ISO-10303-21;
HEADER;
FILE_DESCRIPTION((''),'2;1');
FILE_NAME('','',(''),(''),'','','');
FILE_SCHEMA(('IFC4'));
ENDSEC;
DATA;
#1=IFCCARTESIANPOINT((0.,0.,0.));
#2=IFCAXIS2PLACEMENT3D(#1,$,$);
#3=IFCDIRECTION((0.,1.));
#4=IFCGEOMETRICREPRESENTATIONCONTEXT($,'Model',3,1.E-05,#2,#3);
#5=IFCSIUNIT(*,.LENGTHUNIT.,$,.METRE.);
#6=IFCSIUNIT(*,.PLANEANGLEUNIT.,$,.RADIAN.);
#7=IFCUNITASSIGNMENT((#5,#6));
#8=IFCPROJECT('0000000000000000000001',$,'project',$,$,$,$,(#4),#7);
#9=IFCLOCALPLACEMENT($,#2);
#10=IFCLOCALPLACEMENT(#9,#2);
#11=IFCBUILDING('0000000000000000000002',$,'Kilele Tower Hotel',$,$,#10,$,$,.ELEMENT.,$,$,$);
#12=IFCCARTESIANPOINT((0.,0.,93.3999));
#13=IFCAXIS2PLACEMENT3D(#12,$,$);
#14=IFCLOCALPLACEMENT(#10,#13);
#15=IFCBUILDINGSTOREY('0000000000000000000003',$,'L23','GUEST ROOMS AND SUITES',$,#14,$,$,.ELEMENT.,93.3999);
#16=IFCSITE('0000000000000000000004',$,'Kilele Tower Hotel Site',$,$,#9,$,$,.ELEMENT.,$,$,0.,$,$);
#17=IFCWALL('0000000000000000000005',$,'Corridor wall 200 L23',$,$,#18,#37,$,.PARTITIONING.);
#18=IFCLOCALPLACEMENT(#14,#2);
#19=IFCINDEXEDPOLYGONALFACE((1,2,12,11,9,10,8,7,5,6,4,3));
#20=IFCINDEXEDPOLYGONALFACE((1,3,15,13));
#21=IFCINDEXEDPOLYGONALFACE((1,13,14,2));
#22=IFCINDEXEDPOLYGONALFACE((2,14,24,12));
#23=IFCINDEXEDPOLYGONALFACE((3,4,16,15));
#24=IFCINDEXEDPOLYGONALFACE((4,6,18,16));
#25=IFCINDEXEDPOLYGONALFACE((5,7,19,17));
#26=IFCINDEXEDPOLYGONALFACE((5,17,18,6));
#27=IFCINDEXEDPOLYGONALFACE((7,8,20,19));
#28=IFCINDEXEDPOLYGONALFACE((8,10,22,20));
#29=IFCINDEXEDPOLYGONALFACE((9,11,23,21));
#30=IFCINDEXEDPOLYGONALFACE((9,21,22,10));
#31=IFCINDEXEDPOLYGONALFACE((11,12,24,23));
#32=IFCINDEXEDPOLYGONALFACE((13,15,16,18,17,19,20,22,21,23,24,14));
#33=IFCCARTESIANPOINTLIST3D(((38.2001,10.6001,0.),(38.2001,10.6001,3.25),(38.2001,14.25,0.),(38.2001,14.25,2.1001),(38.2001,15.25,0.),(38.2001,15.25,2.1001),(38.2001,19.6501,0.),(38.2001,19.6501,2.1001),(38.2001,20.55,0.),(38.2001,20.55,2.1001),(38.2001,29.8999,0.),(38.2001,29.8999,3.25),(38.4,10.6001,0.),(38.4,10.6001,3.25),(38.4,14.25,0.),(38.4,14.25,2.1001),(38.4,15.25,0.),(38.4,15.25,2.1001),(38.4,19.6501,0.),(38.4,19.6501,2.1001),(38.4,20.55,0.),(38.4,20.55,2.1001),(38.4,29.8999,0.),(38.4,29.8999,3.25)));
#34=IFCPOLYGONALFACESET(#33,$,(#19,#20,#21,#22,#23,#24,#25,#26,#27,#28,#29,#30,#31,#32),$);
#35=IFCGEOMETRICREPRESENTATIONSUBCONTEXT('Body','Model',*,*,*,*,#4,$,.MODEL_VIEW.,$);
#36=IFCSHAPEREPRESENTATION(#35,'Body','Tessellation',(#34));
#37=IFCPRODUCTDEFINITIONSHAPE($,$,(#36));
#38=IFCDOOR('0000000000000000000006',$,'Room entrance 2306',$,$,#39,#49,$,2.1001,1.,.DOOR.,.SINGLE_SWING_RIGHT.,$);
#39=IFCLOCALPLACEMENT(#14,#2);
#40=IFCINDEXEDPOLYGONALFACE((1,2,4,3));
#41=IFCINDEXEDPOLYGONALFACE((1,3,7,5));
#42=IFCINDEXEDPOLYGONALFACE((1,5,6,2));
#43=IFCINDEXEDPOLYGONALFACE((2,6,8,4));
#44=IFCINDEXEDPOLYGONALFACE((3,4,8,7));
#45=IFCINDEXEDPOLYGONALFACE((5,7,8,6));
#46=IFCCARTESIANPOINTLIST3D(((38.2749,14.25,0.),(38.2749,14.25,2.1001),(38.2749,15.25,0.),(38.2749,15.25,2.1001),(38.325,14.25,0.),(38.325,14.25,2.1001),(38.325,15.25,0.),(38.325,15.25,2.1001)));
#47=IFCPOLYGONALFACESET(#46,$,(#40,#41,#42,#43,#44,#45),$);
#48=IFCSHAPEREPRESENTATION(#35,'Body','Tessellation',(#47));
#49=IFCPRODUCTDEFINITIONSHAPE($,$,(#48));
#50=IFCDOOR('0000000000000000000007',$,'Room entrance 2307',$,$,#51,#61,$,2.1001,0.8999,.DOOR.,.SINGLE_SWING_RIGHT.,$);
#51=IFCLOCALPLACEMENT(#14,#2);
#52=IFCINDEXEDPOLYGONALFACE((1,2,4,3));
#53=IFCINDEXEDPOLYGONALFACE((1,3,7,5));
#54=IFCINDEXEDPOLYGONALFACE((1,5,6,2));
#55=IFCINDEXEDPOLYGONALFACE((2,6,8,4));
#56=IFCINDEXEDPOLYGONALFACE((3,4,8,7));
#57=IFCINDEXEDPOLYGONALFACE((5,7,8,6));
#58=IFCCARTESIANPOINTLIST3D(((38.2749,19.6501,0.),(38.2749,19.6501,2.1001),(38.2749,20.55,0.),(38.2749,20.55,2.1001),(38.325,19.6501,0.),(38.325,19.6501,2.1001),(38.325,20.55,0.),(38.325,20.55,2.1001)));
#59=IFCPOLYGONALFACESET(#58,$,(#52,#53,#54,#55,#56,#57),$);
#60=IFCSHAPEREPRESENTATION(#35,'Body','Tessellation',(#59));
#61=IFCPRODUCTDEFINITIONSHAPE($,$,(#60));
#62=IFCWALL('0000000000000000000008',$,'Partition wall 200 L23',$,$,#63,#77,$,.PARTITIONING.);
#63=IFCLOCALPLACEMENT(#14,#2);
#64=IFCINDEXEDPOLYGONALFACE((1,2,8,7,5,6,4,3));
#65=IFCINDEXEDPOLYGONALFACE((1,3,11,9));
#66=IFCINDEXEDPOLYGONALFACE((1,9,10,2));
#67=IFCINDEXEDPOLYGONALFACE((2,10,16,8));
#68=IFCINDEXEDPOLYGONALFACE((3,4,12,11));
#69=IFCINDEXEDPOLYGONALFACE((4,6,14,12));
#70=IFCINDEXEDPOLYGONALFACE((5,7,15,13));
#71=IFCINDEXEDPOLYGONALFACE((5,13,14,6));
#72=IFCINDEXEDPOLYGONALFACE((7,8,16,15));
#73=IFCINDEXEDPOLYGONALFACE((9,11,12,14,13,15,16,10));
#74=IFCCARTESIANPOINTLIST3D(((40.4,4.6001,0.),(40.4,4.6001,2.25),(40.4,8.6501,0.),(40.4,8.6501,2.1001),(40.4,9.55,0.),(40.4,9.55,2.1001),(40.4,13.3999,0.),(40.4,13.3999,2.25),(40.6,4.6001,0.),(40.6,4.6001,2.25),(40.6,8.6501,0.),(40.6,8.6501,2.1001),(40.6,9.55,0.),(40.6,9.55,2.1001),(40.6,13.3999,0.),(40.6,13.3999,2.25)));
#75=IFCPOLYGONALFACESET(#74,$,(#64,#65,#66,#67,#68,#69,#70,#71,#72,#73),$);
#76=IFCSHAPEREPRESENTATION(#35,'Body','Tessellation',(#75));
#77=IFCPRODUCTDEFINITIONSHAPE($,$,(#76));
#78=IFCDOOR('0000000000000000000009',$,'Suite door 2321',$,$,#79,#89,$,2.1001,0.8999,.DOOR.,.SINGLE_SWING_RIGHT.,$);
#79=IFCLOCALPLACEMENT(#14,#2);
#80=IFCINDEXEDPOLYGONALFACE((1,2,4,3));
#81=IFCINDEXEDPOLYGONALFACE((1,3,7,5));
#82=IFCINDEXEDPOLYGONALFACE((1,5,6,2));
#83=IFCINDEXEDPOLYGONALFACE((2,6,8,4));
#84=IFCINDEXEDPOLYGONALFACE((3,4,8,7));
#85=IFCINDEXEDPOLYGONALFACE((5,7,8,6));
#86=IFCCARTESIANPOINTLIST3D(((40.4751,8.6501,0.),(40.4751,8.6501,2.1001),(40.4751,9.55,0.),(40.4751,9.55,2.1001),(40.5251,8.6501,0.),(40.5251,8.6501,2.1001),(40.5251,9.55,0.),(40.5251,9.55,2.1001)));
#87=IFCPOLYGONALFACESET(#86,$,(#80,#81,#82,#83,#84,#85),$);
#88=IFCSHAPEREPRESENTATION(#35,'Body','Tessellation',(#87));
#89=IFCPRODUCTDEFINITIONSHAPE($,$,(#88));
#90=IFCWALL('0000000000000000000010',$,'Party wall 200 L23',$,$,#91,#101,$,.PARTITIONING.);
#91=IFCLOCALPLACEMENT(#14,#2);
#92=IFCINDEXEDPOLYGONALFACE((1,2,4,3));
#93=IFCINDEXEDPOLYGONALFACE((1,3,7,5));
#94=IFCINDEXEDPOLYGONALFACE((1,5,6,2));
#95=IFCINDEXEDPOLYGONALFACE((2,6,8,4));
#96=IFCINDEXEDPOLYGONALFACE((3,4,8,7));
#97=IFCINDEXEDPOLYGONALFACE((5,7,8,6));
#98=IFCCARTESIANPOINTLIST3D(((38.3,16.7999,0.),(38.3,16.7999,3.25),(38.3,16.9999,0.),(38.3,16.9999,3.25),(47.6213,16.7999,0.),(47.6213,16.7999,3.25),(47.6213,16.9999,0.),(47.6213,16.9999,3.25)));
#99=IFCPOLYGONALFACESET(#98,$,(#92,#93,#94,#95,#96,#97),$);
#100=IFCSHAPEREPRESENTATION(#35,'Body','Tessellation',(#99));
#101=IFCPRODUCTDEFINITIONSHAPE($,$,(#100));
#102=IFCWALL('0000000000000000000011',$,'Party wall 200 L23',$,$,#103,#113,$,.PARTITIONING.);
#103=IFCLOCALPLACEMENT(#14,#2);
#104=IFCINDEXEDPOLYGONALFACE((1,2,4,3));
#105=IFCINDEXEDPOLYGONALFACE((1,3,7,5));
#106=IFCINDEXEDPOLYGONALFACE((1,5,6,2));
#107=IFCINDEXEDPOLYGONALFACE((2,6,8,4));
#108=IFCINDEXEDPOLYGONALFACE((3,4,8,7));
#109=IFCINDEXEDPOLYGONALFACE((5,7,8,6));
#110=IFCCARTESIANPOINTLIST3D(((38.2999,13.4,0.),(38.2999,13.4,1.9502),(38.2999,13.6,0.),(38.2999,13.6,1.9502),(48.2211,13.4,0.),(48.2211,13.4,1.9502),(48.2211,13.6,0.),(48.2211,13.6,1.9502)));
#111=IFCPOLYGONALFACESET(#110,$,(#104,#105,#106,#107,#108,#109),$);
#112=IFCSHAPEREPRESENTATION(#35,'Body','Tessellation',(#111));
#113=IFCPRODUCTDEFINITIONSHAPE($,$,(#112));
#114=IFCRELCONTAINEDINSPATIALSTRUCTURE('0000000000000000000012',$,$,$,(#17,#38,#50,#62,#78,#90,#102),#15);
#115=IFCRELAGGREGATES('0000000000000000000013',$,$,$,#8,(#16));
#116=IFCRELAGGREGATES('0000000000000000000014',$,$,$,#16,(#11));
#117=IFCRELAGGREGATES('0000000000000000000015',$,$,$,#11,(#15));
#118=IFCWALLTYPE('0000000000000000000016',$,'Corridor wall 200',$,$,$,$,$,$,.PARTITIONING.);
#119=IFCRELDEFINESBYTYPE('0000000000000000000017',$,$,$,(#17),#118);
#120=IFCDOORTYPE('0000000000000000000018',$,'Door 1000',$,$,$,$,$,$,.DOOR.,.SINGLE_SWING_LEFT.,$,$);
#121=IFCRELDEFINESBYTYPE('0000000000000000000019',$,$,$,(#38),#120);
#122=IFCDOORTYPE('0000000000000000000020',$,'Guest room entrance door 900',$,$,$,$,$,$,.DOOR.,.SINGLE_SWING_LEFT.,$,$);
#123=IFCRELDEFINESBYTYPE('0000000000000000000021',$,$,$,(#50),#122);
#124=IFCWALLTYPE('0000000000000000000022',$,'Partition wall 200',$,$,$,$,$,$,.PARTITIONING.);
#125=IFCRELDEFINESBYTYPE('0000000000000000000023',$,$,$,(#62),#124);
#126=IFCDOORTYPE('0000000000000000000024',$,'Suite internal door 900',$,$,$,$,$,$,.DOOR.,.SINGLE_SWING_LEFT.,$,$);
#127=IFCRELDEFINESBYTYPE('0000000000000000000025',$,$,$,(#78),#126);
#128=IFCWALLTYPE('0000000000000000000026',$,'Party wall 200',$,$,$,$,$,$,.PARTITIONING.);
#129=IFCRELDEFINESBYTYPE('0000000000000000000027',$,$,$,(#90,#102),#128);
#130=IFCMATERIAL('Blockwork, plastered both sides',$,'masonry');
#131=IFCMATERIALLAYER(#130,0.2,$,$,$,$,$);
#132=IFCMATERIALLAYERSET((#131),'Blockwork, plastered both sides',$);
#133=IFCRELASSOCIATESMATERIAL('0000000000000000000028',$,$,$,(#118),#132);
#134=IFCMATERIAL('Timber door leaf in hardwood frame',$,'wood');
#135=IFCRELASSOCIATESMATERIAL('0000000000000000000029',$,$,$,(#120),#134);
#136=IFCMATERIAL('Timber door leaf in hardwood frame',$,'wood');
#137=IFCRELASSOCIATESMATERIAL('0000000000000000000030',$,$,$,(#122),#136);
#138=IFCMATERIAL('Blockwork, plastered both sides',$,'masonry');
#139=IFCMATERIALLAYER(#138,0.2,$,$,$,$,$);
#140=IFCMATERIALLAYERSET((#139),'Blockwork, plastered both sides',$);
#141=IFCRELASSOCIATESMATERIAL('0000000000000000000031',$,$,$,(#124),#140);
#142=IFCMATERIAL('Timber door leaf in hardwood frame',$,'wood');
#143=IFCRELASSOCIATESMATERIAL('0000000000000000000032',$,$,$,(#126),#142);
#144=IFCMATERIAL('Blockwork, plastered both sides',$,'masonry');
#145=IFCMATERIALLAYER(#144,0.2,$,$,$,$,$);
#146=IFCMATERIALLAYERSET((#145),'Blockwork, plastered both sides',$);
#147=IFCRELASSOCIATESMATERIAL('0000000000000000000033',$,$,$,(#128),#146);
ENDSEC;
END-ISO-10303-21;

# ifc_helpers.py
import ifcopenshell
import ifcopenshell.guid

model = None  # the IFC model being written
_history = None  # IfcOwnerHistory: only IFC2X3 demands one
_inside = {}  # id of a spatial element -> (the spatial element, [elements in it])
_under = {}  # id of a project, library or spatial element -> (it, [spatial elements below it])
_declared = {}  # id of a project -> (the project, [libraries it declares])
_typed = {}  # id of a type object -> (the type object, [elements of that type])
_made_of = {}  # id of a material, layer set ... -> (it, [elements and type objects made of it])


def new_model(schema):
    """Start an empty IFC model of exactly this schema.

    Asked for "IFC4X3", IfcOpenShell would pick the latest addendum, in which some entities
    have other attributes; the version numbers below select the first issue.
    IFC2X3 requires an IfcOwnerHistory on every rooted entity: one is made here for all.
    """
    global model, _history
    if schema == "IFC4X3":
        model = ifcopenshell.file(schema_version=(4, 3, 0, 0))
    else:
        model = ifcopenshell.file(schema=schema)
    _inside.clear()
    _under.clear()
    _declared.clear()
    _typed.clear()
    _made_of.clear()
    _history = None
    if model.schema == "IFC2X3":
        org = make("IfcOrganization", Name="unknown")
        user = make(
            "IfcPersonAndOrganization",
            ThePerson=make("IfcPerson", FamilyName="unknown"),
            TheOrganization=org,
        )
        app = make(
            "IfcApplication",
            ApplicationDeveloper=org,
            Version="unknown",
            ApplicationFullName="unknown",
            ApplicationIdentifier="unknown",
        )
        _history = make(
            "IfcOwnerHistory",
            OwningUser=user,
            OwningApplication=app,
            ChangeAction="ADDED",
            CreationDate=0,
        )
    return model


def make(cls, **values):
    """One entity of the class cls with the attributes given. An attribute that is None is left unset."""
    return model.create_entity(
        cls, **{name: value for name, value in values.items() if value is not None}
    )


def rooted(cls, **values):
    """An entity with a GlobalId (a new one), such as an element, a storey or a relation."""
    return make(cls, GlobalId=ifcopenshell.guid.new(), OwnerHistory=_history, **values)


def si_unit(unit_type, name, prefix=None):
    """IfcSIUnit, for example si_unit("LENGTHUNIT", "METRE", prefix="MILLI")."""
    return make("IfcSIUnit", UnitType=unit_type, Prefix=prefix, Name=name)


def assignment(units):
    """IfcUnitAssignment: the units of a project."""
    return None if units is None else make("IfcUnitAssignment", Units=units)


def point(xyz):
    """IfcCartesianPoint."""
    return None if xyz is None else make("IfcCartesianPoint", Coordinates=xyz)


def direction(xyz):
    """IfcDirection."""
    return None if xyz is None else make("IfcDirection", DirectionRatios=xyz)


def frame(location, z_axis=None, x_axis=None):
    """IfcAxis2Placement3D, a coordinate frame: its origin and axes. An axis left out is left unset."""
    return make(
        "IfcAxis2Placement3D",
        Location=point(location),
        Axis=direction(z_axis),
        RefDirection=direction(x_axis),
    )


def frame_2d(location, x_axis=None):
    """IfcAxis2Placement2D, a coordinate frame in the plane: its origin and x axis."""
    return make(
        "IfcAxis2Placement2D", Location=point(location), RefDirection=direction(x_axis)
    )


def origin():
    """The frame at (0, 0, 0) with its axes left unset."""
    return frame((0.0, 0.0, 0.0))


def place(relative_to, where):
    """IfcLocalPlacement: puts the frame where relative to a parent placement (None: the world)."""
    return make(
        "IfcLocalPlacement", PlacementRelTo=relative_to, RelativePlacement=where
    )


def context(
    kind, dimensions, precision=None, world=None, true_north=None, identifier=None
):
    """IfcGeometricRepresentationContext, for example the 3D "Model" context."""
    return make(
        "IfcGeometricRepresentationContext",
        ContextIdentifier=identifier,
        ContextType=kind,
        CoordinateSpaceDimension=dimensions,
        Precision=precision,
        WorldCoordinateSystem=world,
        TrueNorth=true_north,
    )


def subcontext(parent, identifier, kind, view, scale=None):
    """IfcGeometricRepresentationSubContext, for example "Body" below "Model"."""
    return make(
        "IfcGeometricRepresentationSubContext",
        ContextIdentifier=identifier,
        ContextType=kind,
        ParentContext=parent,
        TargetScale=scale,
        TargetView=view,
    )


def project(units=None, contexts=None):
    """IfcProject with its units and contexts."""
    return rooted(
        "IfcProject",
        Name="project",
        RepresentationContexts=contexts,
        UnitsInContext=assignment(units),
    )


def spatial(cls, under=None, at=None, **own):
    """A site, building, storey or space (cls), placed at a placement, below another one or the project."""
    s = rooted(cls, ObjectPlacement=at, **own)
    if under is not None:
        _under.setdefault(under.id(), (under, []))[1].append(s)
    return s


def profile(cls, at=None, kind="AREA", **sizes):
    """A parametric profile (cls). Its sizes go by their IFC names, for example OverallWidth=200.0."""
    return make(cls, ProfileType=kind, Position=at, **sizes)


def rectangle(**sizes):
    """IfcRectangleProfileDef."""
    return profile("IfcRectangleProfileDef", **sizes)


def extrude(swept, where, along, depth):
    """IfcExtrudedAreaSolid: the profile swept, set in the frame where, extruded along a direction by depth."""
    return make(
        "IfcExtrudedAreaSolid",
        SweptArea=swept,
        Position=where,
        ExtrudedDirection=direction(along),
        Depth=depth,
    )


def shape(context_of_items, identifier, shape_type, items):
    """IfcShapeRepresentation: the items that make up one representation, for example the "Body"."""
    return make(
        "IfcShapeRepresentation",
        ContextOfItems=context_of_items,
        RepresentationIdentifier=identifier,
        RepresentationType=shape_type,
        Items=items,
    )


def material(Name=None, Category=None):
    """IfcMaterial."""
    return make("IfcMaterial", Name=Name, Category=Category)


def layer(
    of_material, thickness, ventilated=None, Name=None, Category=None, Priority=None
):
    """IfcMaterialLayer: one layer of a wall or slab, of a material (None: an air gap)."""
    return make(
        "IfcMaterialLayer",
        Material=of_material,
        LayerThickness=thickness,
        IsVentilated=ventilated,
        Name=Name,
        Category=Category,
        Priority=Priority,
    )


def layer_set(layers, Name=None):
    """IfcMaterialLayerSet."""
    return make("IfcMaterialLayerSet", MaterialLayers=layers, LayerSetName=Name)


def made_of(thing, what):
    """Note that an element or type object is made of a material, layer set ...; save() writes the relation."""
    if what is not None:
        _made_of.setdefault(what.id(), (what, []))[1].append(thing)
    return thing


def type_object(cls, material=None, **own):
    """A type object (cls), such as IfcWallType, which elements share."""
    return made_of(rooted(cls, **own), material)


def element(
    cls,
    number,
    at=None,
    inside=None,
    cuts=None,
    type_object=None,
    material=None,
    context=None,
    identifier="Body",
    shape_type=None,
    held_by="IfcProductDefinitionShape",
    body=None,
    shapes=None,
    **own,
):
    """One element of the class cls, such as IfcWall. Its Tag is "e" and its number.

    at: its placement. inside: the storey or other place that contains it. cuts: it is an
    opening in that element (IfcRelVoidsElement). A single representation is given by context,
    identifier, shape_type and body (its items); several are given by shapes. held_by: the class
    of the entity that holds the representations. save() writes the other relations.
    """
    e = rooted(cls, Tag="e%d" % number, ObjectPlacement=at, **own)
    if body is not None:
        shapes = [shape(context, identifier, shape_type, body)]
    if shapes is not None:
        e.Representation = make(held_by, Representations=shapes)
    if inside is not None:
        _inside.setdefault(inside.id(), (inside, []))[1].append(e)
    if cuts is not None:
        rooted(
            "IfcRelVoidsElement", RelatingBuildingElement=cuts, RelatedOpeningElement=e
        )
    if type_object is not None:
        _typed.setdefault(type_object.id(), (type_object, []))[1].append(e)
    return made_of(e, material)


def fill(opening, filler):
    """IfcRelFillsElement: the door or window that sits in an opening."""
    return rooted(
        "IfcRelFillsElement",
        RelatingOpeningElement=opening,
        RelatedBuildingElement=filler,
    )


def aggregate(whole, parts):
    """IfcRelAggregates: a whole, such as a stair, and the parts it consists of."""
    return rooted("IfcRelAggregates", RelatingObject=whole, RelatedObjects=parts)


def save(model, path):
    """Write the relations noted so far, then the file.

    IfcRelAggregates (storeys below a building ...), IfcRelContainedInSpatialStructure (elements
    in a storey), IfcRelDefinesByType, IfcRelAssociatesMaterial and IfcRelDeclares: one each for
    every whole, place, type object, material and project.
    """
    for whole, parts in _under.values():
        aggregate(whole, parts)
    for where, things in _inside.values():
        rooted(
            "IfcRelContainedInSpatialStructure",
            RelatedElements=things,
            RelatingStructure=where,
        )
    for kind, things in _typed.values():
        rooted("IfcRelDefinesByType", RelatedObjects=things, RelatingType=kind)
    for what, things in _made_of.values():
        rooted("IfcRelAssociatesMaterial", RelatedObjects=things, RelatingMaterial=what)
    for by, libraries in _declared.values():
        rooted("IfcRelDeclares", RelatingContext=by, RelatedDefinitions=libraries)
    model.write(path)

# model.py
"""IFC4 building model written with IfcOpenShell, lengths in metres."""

from ifc_helpers import new_model, si_unit, direction, frame, frame_2d, origin, place, context, subcontext, project, spatial, rectangle, extrude, material, layer, layer_set, type_object, element, fill, save


model = new_model("IFC4")

# Units and contexts
model_context = context("Model", 3, precision=1e-05, world=origin(), true_north=direction((0.0, 1.0)))
body_context = subcontext(model_context, "Body", "Model", "MODEL_VIEW")
ifc_project = project(units=[si_unit("LENGTHUNIT", "METRE"), si_unit("PLANEANGLEUNIT", "RADIAN")], contexts=[model_context])

# Site, building, storey
site_placement = place(None, origin())
site = spatial("IfcSite", under=ifc_project, at=site_placement, Name="Kilele Tower Hotel Site", CompositionType="ELEMENT", RefElevation=0.0)
building_placement = place(site_placement, origin())
building = spatial("IfcBuilding", under=site, at=building_placement, Name="Kilele Tower Hotel", CompositionType="ELEMENT")
storey_placement = place(building_placement, frame((0.0, 0.0, 93.3999)))
storey = spatial("IfcBuildingStorey", under=building, at=storey_placement, Name="L23", Description="GUEST ROOMS AND SUITES", CompositionType="ELEMENT", Elevation=93.3999)

# Wall, openings, doors
ifc_material_1 = material(Name="Blockwork, plastered both sides", Category="masonry")
ifc_layer_1 = layer(ifc_material_1, 0.2)
ifc_layer_set_1 = layer_set([ifc_layer_1], Name="Blockwork, plastered both sides")
wall_type_1 = type_object("IfcWallType", Name="Corridor wall 200", PredefinedType="PARTITIONING", material=ifc_layer_set_1)
wall_1_placement = place(storey_placement, frame((38.3, 10.6001, 0.0), z_axis=(0.0, 0.0, 1.0), x_axis=(0.0, 1.0, 0.0)))
wall_1 = element("IfcWall", 1, at=wall_1_placement, inside=storey, type_object=wall_type_1, Name="Corridor wall 200 L23", PredefinedType="PARTITIONING", context=body_context, shape_type="SweptSolid", body=[
    extrude(rectangle(XDim=19.2998, YDim=0.2, at=frame_2d((9.6499, 0.0))), origin(), (0.0, 0.0, 1.0), 3.25),
])
opening_1_placement = place(wall_1_placement, frame((4.6499, 0.0, 0.0), z_axis=(0.0, 0.0, 1.0), x_axis=(-1.0, 0.0, 0.0)))
opening_1 = element("IfcOpeningElement", 2, at=opening_1_placement, cuts=wall_1, PredefinedType="OPENING", context=body_context, shape_type="SweptSolid", body=[
    extrude(rectangle(XDim=1.0, YDim=2.1001, at=frame_2d((0.5, 1.05))), frame((0.0, 0.1099, 0.0), z_axis=(0.0, -1.0, 0.0), x_axis=(1.0, 0.0, 0.0)), (0.0, 0.0, 1.0), 0.22),
])
opening_2_placement = place(wall_1_placement, frame((9.95, 0.0, 0.0), z_axis=(0.0, 0.0, 1.0), x_axis=(-1.0, 0.0, 0.0)))
opening_2 = element("IfcOpeningElement", 3, at=opening_2_placement, cuts=wall_1, PredefinedType="OPENING", context=body_context, shape_type="SweptSolid", body=[
    extrude(rectangle(XDim=0.8999, YDim=2.1001, at=frame_2d((0.45, 1.05))), frame((0.0, 0.1099, 0.0), z_axis=(0.0, -1.0, 0.0), x_axis=(1.0, 0.0, 0.0)), (0.0, 0.0, 1.0), 0.22),
])
ifc_material_2 = material(Name="Timber door leaf in hardwood frame", Category="wood")
door_type_1 = type_object("IfcDoorType", Name="Door 1000", OperationType="SINGLE_SWING_LEFT", PredefinedType="DOOR", material=ifc_material_2)
door_1_placement = place(opening_1_placement, origin())
door_1 = element("IfcDoor", 4, at=door_1_placement, inside=storey, type_object=door_type_1, Name="Room entrance 2306", OperationType="SINGLE_SWING_RIGHT", OverallHeight=2.1001, OverallWidth=1.0, PredefinedType="DOOR", context=body_context, shape_type="SweptSolid", body=[
    extrude(rectangle(XDim=1.0, YDim=2.1001, at=frame_2d((0.5, 1.05))), frame((0.0, 0.0249, 0.0), z_axis=(0.0, -1.0, 0.0), x_axis=(1.0, 0.0, 0.0)), (0.0, 0.0, 1.0), 0.05),
])
fill(opening_1, door_1)
ifc_material_3 = material(Name="Timber door leaf in hardwood frame", Category="wood")
door_type_2 = type_object("IfcDoorType", Name="Guest room entrance door 900", OperationType="SINGLE_SWING_LEFT", PredefinedType="DOOR", material=ifc_material_3)
door_2_placement = place(opening_2_placement, origin())
door_2 = element("IfcDoor", 5, at=door_2_placement, inside=storey, type_object=door_type_2, Name="Room entrance 2307", OperationType="SINGLE_SWING_RIGHT", OverallHeight=2.1001, OverallWidth=0.8999, PredefinedType="DOOR", context=body_context, shape_type="SweptSolid", body=[
    extrude(rectangle(XDim=0.8999, YDim=2.1001, at=frame_2d((0.45, 1.05))), frame((0.0, 0.0249, 0.0), z_axis=(0.0, -1.0, 0.0), x_axis=(1.0, 0.0, 0.0)), (0.0, 0.0, 1.0), 0.05),
])
fill(opening_2, door_2)

# Wall, opening, door
ifc_material_4 = material(Name="Blockwork, plastered both sides", Category="masonry")
ifc_layer_2 = layer(ifc_material_4, 0.2)
ifc_layer_set_2 = layer_set([ifc_layer_2], Name="Blockwork, plastered both sides")
wall_type_2 = type_object("IfcWallType", Name="Partition wall 200", PredefinedType="PARTITIONING", material=ifc_layer_set_2)
wall_2_placement = place(storey_placement, frame((40.5, 4.6001, 0.0), z_axis=(0.0, 0.0, 1.0), x_axis=(0.0, 1.0, 0.0)))
wall_2 = element("IfcWall", 6, at=wall_2_placement, inside=storey, type_object=wall_type_2, Name="Partition wall 200 L23", PredefinedType="PARTITIONING", context=body_context, shape_type="SweptSolid", body=[
    extrude(rectangle(XDim=8.7998, YDim=0.2, at=frame_2d((4.3999, 0.0))), origin(), (0.0, 0.0, 1.0), 2.25),
])
opening_3_placement = place(wall_2_placement, frame((4.05, 0.0, 0.0)))
opening_3 = element("IfcOpeningElement", 7, at=opening_3_placement, cuts=wall_2, PredefinedType="OPENING", context=body_context, shape_type="SweptSolid", body=[
    extrude(rectangle(XDim=0.8999, YDim=2.1001, at=frame_2d((0.45, 1.05))), frame((0.0, 0.1099, 0.0), z_axis=(0.0, -1.0, 0.0), x_axis=(1.0, 0.0, 0.0)), (0.0, 0.0, 1.0), 0.22),
])
ifc_material_5 = material(Name="Timber door leaf in hardwood frame", Category="wood")
door_type_3 = type_object("IfcDoorType", Name="Suite internal door 900", OperationType="SINGLE_SWING_LEFT", PredefinedType="DOOR", material=ifc_material_5)
door_3_placement = place(opening_3_placement, origin())
door_3 = element("IfcDoor", 8, at=door_3_placement, inside=storey, type_object=door_type_3, Name="Suite door 2321", OperationType="SINGLE_SWING_RIGHT", OverallHeight=2.1001, OverallWidth=0.8999, PredefinedType="DOOR", context=body_context, shape_type="SweptSolid", body=[
    extrude(rectangle(XDim=0.8999, YDim=2.1001, at=frame_2d((0.45, 1.05))), frame((0.0, 0.0249, 0.0), z_axis=(0.0, -1.0, 0.0), x_axis=(1.0, 0.0, 0.0)), (0.0, 0.0, 1.0), 0.05),
])
fill(opening_3, door_3)

# Walls
ifc_material_6 = material(Name="Blockwork, plastered both sides", Category="masonry")
ifc_layer_3 = layer(ifc_material_6, 0.2)
ifc_layer_set_3 = layer_set([ifc_layer_3], Name="Blockwork, plastered both sides")
wall_type_3 = type_object("IfcWallType", Name="Party wall 200", PredefinedType="PARTITIONING", material=ifc_layer_set_3)
wall_3_placement = place(storey_placement, frame((38.3, 16.8999, 0.0), z_axis=(0.0, 0.0, 1.0), x_axis=(1.0, 0.0, 0.0)))
element("IfcWall", 9, at=wall_3_placement, inside=storey, type_object=wall_type_3, Name="Party wall 200 L23", PredefinedType="PARTITIONING", context=body_context, shape_type="SweptSolid", body=[
    extrude(rectangle(XDim=9.3213, YDim=0.2, at=frame_2d((4.6606, 0.0))), origin(), (0.0, 0.0, 1.0), 3.25),
])
wall_4_placement = place(storey_placement, frame((38.3, 13.5, 0.0), z_axis=(0.0, 0.0, 1.0), x_axis=(1.0, 0.0, 0.0)))
element("IfcWall", 10, at=wall_4_placement, inside=storey, type_object=wall_type_3, Name="Party wall 200 L23", PredefinedType="PARTITIONING", context=body_context, shape_type="SweptSolid", body=[
    extrude(rectangle(XDim=9.9211, YDim=0.2, at=frame_2d((4.9604, 0.0))), origin(), (0.0, 0.0, 1.0), 1.9502),
])

save(model, "model.ifc")
